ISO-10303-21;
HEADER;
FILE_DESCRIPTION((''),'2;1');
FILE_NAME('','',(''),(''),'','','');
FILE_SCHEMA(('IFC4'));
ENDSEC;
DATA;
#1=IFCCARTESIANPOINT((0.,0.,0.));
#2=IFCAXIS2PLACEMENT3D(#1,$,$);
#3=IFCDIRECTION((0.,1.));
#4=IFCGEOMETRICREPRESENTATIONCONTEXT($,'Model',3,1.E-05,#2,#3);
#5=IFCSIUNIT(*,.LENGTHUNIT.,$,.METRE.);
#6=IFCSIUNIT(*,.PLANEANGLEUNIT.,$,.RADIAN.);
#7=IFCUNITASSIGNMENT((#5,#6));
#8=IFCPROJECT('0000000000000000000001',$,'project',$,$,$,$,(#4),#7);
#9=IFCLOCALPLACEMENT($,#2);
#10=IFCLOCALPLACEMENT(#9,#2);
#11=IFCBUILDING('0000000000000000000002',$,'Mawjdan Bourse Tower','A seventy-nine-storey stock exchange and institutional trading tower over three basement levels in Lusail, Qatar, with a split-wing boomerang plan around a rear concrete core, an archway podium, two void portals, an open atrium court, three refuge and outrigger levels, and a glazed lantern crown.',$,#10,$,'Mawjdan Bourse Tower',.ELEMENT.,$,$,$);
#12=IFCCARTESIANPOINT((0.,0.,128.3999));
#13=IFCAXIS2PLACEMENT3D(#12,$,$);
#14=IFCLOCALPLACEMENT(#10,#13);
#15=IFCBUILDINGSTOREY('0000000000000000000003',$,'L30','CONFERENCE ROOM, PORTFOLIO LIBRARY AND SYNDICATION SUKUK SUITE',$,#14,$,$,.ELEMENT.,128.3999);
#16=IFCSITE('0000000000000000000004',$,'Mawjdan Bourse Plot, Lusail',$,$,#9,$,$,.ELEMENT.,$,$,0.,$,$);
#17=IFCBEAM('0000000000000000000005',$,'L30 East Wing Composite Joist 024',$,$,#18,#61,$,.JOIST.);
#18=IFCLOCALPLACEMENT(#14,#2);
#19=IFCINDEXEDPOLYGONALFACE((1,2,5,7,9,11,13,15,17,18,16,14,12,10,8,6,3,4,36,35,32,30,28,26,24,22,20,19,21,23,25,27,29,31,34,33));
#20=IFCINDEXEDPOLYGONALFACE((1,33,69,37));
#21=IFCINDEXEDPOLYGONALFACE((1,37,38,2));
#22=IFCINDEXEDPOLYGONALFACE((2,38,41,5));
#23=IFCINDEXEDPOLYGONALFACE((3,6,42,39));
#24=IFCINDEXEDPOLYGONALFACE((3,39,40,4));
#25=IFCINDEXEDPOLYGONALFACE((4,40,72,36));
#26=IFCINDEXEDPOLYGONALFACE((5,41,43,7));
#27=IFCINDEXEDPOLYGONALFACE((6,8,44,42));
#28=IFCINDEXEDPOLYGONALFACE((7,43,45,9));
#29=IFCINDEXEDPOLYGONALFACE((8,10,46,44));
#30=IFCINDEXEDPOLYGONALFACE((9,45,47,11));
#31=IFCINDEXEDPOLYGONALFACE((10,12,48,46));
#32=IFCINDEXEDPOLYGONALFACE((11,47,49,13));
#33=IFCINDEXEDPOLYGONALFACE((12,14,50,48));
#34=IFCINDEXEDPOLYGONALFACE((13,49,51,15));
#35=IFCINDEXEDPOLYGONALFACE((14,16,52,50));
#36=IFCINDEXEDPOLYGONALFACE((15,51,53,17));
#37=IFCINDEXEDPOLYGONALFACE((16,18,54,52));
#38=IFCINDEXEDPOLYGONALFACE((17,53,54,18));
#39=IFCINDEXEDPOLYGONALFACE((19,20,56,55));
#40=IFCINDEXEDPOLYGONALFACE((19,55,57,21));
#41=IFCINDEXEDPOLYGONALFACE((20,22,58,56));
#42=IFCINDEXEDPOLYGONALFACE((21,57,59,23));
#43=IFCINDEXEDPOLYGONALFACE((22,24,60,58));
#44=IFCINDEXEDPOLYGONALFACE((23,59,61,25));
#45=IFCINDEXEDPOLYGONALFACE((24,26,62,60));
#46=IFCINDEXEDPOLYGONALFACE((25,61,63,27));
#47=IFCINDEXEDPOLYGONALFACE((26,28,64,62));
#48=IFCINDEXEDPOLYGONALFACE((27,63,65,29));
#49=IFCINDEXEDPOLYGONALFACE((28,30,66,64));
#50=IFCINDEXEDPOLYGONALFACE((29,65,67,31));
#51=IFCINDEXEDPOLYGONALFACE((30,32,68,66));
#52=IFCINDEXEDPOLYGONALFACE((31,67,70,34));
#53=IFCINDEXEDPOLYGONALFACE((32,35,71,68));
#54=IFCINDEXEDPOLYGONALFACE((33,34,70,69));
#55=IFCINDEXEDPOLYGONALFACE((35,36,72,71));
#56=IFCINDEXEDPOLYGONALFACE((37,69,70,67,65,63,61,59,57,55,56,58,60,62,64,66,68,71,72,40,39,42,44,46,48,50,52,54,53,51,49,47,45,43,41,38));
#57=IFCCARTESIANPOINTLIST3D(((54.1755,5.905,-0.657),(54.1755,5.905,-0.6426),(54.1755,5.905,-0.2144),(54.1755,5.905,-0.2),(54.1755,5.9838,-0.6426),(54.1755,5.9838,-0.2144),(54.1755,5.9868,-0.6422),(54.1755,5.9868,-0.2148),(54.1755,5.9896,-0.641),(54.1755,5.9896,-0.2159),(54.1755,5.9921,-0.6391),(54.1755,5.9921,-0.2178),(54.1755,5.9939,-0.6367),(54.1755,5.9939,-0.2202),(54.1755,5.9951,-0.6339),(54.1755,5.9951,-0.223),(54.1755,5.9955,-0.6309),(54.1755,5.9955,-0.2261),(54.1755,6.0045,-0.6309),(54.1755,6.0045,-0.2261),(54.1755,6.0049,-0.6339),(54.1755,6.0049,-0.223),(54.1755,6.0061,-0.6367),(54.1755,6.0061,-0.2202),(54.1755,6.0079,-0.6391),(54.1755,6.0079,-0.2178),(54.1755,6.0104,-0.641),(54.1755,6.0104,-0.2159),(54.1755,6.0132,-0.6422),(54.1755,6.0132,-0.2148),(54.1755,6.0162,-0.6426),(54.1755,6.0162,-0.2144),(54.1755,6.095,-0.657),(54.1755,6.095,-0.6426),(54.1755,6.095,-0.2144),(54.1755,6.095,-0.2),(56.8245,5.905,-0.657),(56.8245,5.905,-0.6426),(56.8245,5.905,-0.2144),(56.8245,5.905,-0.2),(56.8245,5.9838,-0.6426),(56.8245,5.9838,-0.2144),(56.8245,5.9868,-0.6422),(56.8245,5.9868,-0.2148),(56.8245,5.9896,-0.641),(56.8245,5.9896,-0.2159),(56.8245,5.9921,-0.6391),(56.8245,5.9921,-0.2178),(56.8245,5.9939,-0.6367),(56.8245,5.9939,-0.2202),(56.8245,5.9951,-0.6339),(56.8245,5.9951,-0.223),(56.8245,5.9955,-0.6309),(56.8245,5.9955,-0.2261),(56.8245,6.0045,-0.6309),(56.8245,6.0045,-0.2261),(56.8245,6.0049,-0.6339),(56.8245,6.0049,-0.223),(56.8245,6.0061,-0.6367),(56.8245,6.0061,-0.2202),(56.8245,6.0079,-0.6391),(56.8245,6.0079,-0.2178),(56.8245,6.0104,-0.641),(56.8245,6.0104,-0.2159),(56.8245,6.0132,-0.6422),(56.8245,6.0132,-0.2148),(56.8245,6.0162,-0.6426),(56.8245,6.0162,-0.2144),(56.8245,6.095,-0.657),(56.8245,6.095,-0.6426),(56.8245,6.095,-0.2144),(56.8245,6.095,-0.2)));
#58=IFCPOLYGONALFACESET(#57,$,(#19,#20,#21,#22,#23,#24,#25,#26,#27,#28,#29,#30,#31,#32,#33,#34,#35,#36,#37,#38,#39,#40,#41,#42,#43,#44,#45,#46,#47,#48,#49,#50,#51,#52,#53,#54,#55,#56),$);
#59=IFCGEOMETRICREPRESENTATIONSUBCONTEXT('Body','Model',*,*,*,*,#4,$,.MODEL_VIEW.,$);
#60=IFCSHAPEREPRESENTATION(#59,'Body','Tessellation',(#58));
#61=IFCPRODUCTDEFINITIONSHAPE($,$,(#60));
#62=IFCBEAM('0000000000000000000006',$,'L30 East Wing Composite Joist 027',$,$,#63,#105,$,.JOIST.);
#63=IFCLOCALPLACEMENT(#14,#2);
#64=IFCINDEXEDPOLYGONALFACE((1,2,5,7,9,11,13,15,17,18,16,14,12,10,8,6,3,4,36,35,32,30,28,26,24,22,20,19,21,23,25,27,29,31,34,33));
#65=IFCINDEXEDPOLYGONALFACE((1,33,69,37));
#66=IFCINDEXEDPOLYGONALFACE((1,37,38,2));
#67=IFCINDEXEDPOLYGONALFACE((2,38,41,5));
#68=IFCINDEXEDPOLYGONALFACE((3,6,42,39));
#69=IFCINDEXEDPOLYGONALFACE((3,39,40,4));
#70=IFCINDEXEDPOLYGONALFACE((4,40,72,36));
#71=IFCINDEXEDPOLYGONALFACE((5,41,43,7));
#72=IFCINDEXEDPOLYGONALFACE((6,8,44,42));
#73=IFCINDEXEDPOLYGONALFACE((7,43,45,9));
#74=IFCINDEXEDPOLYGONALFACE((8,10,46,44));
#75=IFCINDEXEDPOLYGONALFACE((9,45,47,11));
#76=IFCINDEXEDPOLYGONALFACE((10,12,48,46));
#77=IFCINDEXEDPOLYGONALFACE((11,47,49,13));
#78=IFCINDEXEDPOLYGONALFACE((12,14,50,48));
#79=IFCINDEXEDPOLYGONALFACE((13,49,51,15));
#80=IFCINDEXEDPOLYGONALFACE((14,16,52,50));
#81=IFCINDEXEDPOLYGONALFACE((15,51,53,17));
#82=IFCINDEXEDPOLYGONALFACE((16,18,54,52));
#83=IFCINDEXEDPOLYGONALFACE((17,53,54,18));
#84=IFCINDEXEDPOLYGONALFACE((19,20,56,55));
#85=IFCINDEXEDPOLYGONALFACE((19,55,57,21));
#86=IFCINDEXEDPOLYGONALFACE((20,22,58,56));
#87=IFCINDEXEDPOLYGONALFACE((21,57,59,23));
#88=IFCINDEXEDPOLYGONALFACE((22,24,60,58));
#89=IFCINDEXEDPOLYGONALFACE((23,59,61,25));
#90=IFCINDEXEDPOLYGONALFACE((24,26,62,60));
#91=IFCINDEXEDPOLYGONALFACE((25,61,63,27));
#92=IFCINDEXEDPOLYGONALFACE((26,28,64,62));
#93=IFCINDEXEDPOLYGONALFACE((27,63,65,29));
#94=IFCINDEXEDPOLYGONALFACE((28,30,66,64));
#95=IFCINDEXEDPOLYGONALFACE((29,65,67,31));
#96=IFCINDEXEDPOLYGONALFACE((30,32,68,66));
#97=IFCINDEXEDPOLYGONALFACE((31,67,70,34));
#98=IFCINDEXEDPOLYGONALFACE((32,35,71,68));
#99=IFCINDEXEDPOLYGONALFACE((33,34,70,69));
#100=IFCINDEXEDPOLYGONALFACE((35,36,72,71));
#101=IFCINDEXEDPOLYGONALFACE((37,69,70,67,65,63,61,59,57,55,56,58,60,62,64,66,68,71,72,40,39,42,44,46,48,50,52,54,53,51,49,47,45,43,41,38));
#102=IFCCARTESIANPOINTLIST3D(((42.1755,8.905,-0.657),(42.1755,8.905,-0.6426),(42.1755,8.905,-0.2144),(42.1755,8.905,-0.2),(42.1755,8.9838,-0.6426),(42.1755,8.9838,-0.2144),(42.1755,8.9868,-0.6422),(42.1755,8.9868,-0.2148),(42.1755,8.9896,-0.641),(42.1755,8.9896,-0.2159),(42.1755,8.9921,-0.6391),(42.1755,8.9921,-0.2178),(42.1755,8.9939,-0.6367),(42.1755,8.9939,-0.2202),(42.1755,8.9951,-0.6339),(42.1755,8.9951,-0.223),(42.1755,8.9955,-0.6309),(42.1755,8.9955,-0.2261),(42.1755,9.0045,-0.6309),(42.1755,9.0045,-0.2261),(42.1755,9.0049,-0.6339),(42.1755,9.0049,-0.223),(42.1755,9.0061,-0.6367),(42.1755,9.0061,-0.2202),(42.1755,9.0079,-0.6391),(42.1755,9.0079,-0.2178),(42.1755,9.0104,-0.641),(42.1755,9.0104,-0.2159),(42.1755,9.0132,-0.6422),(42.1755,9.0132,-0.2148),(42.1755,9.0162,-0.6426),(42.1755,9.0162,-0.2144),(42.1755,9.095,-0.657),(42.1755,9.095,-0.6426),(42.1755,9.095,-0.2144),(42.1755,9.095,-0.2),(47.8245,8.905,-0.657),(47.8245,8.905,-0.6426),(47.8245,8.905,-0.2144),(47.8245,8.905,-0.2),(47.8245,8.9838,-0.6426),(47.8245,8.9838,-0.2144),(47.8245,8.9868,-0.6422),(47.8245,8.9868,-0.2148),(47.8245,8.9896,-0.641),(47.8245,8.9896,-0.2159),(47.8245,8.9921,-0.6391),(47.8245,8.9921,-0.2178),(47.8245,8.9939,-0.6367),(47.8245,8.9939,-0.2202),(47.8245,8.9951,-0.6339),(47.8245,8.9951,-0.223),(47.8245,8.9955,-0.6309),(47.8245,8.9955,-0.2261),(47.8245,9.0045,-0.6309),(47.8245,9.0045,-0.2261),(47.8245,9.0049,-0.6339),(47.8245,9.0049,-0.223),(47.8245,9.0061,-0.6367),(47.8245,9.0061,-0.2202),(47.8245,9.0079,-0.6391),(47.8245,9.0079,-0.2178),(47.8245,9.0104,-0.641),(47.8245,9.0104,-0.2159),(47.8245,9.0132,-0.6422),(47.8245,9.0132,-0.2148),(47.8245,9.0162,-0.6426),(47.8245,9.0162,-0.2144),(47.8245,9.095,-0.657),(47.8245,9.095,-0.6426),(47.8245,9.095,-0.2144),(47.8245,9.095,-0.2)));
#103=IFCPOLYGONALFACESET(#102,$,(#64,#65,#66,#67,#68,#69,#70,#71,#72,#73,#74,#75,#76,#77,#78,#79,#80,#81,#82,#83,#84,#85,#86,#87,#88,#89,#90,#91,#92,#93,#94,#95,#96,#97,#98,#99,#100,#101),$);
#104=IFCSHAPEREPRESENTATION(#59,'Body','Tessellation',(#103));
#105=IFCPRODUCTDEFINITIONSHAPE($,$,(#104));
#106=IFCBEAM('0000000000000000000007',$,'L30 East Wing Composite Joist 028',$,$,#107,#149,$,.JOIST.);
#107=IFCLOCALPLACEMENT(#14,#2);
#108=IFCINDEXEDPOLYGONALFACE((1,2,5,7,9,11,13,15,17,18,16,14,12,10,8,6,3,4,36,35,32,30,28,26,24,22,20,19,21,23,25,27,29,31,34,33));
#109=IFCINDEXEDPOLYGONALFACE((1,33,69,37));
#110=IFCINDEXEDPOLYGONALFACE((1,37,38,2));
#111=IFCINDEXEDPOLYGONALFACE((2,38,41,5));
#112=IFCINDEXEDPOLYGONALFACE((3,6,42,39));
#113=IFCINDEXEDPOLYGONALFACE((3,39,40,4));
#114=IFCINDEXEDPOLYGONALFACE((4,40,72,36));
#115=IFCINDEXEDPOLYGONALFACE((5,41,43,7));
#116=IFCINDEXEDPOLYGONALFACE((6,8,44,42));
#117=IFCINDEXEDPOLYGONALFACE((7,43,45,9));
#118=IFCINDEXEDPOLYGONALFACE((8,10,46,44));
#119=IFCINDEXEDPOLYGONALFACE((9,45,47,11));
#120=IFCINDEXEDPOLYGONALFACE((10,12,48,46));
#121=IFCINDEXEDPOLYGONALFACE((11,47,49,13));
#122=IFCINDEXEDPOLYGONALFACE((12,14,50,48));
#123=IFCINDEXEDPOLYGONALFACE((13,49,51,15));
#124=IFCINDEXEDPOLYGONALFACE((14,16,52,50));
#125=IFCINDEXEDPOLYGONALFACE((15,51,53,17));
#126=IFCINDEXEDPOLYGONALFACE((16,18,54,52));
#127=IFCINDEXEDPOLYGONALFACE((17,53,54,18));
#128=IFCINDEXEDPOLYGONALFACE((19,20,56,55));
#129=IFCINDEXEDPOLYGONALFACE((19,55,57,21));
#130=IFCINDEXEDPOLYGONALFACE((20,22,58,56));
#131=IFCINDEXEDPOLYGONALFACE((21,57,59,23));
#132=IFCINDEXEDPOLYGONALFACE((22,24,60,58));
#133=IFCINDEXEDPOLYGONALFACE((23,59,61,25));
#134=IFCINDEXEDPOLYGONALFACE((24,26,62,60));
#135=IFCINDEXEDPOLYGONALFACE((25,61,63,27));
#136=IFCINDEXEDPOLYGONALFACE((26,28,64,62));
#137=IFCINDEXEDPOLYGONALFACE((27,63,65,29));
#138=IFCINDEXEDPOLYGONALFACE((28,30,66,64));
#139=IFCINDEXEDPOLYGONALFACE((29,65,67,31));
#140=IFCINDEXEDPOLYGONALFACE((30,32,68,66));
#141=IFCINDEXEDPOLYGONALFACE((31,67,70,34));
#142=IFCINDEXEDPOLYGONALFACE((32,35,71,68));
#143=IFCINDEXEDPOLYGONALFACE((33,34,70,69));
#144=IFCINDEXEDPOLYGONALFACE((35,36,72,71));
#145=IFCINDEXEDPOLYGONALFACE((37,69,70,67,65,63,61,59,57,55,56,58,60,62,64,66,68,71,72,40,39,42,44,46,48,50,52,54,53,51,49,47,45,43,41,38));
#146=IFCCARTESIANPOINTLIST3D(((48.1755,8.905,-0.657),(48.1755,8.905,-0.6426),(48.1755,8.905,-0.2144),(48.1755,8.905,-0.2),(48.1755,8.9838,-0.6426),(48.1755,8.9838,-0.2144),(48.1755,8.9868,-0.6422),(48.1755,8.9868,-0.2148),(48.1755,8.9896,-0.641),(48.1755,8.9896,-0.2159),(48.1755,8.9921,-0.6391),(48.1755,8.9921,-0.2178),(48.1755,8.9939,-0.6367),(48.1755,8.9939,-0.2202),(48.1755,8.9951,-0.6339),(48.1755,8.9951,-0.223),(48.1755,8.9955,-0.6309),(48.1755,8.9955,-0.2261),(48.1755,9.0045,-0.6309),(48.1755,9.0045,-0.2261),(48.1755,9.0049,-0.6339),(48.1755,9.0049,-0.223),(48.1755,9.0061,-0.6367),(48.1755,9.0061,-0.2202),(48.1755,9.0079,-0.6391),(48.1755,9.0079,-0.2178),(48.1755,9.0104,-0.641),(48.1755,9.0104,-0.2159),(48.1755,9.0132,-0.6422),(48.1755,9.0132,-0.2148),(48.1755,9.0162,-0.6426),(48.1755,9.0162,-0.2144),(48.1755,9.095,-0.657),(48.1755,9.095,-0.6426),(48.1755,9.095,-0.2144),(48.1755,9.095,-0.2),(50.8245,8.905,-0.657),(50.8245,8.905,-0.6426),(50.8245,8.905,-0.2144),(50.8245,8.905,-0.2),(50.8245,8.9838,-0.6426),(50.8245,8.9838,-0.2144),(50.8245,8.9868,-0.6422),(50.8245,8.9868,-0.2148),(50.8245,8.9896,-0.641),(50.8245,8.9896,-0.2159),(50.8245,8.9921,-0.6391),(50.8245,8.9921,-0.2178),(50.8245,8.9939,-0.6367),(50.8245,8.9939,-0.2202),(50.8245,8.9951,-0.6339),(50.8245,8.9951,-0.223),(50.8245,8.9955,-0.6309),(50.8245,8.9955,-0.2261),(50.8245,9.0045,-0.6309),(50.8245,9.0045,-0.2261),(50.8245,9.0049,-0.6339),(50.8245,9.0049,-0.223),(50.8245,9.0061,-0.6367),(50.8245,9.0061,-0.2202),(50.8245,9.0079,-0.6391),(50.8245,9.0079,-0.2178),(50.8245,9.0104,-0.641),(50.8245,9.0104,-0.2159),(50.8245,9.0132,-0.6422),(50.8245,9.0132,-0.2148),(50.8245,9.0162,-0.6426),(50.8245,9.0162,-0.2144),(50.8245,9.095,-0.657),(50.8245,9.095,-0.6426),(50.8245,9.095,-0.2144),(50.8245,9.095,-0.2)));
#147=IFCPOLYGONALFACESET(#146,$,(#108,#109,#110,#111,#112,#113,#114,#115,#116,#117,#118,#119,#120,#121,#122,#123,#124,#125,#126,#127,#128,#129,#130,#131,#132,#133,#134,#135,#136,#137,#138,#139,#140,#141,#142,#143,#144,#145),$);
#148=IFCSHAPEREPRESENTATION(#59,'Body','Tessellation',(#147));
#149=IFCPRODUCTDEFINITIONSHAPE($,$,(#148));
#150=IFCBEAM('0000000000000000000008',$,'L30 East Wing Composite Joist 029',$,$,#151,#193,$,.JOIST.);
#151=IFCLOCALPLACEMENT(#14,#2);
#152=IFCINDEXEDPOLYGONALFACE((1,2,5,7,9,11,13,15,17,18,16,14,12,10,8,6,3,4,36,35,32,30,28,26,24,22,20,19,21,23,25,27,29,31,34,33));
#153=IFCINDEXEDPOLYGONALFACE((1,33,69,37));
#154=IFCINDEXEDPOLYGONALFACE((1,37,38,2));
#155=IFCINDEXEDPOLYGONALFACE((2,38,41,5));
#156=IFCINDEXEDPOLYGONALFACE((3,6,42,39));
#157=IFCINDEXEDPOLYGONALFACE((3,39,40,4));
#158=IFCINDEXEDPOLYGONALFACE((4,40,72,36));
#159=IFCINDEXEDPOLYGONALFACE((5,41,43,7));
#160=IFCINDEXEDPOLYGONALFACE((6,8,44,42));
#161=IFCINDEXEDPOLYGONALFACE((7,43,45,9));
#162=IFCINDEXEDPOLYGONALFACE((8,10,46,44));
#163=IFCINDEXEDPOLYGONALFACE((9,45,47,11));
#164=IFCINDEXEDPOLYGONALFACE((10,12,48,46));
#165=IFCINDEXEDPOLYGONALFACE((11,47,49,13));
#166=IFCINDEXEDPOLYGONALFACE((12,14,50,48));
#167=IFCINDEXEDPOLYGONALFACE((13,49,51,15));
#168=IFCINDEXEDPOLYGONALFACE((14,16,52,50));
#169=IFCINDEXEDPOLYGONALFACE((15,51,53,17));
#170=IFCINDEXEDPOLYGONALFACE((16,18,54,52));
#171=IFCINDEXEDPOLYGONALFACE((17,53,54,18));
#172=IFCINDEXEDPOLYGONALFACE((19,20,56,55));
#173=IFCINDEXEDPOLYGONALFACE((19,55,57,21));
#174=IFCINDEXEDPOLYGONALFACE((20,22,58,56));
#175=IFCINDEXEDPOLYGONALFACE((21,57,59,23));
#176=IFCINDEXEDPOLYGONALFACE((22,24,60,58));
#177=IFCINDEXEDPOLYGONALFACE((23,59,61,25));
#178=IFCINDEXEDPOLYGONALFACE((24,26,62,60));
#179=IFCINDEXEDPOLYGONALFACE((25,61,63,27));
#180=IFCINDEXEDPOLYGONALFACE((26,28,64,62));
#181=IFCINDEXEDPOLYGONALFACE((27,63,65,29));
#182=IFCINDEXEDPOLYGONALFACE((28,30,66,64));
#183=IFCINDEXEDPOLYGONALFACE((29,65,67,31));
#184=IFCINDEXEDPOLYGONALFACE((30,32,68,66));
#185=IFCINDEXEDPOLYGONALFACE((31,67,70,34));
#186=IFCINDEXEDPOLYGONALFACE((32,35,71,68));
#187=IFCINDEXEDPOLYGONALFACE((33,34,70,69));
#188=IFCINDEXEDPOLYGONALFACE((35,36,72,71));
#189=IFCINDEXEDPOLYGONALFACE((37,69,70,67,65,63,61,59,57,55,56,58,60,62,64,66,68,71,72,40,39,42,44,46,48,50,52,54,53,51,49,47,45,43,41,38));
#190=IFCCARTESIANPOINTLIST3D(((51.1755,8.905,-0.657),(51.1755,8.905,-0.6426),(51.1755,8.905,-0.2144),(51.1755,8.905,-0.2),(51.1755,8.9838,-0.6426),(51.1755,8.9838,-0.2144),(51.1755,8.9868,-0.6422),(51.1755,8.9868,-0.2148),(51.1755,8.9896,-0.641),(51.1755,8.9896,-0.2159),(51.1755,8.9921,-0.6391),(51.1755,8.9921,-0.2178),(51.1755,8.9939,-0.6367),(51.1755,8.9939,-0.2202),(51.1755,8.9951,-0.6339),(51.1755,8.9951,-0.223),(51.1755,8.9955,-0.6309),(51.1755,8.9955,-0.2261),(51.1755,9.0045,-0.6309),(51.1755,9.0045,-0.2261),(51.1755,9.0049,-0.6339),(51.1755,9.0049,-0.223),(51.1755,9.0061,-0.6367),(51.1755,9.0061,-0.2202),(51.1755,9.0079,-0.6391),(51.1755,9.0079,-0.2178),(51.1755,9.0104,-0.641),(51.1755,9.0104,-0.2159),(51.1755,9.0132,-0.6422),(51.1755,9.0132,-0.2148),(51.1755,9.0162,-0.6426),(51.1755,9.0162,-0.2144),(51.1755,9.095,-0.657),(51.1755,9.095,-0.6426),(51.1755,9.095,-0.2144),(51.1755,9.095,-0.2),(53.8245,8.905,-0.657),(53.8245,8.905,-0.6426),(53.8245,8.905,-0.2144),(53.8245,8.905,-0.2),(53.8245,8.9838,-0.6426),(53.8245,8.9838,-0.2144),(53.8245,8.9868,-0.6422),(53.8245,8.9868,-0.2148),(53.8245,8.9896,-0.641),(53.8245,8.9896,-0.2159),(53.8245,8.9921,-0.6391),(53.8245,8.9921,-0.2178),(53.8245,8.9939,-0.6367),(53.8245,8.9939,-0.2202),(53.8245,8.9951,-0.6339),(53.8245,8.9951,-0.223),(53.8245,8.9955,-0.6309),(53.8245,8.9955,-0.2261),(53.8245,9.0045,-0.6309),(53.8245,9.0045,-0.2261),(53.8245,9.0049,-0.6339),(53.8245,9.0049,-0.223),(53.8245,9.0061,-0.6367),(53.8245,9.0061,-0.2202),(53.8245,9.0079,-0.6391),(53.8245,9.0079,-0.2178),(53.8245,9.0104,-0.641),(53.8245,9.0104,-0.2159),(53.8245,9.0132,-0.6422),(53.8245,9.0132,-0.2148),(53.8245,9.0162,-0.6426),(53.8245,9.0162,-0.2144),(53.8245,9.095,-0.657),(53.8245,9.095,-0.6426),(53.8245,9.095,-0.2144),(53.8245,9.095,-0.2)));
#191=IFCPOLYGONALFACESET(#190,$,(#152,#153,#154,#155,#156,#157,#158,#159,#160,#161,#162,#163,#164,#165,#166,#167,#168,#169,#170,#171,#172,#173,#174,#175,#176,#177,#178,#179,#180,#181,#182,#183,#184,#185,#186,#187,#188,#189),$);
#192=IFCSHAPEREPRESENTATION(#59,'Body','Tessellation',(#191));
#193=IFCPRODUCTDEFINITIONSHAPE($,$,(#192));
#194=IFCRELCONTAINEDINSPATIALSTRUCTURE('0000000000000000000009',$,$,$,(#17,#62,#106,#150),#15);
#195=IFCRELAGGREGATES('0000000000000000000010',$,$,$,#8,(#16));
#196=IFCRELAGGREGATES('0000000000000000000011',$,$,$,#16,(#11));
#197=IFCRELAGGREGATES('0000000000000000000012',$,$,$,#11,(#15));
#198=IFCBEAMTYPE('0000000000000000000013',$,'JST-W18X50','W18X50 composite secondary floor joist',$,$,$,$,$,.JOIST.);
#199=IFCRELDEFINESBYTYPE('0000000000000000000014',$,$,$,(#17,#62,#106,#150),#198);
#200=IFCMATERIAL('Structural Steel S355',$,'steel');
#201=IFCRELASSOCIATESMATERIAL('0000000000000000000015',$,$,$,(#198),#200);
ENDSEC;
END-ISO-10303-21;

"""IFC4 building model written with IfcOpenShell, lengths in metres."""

from ifc_helpers import new_model, si_unit, direction, frame, origin, origin_2d, place, context, subcontext, project, spatial, i_section, extrude, material, material_profile, profile_set, type_object, element, save


model = new_model("IFC4")

# Units and contexts
model_context = context("Model", 3, precision=1e-05, world=origin(), true_north=direction((0.0, 1.0)))
body_context = subcontext(model_context, "Body", "Model", "MODEL_VIEW")
ifc_project = project(units=[si_unit("LENGTHUNIT", "METRE"), si_unit("PLANEANGLEUNIT", "RADIAN")], contexts=[model_context])

# Site, building, storey
site_placement = place(None, origin())
site = spatial("IfcSite", under=ifc_project, at=site_placement, Name="Mawjdan Bourse Plot, Lusail", CompositionType="ELEMENT", RefElevation=0.0)
building_placement = place(site_placement, origin())
building = spatial("IfcBuilding", under=site, at=building_placement, Name="Mawjdan Bourse Tower", Description="A seventy-nine-storey stock exchange and institutional trading tower over three basement levels in Lusail, Qatar, with a split-wing boomerang plan around a rear concrete core, an archway podium, two void portals, an open atrium court, three refuge and outrigger levels, and a glazed lantern crown.", LongName="Mawjdan Bourse Tower", CompositionType="ELEMENT")
storey_placement = place(building_placement, frame((0.0, 0.0, 128.3999)))
storey = spatial("IfcBuildingStorey", under=building, at=storey_placement, Name="L30", Description="CONFERENCE ROOM, PORTFOLIO LIBRARY AND SYNDICATION SUKUK SUITE", CompositionType="ELEMENT", Elevation=128.3999)

# Shared definitions
ifc_material_1 = material(Name="Structural Steel S355", Category="steel")

# Beams
ifc_material_profile_1 = material_profile(ifc_material_1, i_section(OverallWidth=0.1899, OverallDepth=0.457, WebThickness=0.009, FlangeThickness=0.0144, FilletRadius=0.0117, at=origin_2d()), Name="W18X50")
ifc_profile_set_1 = profile_set([ifc_material_profile_1], Name="Structural Steel S355")
beam_type_1 = type_object("IfcBeamType", Name="JST-W18X50", Description="W18X50 composite secondary floor joist", PredefinedType="JOIST", material=ifc_profile_set_1)
for number, where, z_axis, x_axis, name in (
    (1, (54.1755, 6.0, -0.4285), (1.0, 0.0, 0.0), (0.0, 1.0, 0.0), "L30 East Wing Composite Joist 024"),
):
    element("IfcBeam", number, at=place(storey_placement, frame(where, z_axis=z_axis, x_axis=x_axis)), inside=storey, type_object=beam_type_1, Name=name, PredefinedType="JOIST", context=body_context, shape_type="SweptSolid", body=[
        extrude(i_section(OverallWidth=0.1899, OverallDepth=0.457, WebThickness=0.009, FlangeThickness=0.0144, FilletRadius=0.0117, at=origin_2d()), origin(), (0.0, 0.0, 1.0), 2.6489),
    ])
beam_1_placement = place(storey_placement, frame((42.1755, 9.0, -0.4285), z_axis=(1.0, 0.0, 0.0), x_axis=(0.0, 1.0, 0.0)))
element("IfcBeam", 2, at=beam_1_placement, inside=storey, type_object=beam_type_1, Name="L30 East Wing Composite Joist 027", PredefinedType="JOIST", context=body_context, shape_type="SweptSolid", body=[
    extrude(i_section(OverallWidth=0.1899, OverallDepth=0.457, WebThickness=0.009, FlangeThickness=0.0144, FilletRadius=0.0117, at=origin_2d()), origin(), (0.0, 0.0, 1.0), 5.6489),
])
for number, where, z_axis, x_axis, name in (
    (3, (48.1755, 9.0, -0.4285), (1.0, 0.0, 0.0), (0.0, 1.0, 0.0), "L30 East Wing Composite Joist 028"),
    (4, (51.1755, 9.0, -0.4285), (1.0, 0.0, 0.0), (0.0, 1.0, 0.0), "L30 East Wing Composite Joist 029"),
):
    element("IfcBeam", number, at=place(storey_placement, frame(where, z_axis=z_axis, x_axis=x_axis)), inside=storey, type_object=beam_type_1, Name=name, PredefinedType="JOIST", context=body_context, shape_type="SweptSolid", body=[
        extrude(i_section(OverallWidth=0.1899, OverallDepth=0.457, WebThickness=0.009, FlangeThickness=0.0144, FilletRadius=0.0117, at=origin_2d()), origin(), (0.0, 0.0, 1.0), 2.6489),
    ])

save(model, "model.ifc")
